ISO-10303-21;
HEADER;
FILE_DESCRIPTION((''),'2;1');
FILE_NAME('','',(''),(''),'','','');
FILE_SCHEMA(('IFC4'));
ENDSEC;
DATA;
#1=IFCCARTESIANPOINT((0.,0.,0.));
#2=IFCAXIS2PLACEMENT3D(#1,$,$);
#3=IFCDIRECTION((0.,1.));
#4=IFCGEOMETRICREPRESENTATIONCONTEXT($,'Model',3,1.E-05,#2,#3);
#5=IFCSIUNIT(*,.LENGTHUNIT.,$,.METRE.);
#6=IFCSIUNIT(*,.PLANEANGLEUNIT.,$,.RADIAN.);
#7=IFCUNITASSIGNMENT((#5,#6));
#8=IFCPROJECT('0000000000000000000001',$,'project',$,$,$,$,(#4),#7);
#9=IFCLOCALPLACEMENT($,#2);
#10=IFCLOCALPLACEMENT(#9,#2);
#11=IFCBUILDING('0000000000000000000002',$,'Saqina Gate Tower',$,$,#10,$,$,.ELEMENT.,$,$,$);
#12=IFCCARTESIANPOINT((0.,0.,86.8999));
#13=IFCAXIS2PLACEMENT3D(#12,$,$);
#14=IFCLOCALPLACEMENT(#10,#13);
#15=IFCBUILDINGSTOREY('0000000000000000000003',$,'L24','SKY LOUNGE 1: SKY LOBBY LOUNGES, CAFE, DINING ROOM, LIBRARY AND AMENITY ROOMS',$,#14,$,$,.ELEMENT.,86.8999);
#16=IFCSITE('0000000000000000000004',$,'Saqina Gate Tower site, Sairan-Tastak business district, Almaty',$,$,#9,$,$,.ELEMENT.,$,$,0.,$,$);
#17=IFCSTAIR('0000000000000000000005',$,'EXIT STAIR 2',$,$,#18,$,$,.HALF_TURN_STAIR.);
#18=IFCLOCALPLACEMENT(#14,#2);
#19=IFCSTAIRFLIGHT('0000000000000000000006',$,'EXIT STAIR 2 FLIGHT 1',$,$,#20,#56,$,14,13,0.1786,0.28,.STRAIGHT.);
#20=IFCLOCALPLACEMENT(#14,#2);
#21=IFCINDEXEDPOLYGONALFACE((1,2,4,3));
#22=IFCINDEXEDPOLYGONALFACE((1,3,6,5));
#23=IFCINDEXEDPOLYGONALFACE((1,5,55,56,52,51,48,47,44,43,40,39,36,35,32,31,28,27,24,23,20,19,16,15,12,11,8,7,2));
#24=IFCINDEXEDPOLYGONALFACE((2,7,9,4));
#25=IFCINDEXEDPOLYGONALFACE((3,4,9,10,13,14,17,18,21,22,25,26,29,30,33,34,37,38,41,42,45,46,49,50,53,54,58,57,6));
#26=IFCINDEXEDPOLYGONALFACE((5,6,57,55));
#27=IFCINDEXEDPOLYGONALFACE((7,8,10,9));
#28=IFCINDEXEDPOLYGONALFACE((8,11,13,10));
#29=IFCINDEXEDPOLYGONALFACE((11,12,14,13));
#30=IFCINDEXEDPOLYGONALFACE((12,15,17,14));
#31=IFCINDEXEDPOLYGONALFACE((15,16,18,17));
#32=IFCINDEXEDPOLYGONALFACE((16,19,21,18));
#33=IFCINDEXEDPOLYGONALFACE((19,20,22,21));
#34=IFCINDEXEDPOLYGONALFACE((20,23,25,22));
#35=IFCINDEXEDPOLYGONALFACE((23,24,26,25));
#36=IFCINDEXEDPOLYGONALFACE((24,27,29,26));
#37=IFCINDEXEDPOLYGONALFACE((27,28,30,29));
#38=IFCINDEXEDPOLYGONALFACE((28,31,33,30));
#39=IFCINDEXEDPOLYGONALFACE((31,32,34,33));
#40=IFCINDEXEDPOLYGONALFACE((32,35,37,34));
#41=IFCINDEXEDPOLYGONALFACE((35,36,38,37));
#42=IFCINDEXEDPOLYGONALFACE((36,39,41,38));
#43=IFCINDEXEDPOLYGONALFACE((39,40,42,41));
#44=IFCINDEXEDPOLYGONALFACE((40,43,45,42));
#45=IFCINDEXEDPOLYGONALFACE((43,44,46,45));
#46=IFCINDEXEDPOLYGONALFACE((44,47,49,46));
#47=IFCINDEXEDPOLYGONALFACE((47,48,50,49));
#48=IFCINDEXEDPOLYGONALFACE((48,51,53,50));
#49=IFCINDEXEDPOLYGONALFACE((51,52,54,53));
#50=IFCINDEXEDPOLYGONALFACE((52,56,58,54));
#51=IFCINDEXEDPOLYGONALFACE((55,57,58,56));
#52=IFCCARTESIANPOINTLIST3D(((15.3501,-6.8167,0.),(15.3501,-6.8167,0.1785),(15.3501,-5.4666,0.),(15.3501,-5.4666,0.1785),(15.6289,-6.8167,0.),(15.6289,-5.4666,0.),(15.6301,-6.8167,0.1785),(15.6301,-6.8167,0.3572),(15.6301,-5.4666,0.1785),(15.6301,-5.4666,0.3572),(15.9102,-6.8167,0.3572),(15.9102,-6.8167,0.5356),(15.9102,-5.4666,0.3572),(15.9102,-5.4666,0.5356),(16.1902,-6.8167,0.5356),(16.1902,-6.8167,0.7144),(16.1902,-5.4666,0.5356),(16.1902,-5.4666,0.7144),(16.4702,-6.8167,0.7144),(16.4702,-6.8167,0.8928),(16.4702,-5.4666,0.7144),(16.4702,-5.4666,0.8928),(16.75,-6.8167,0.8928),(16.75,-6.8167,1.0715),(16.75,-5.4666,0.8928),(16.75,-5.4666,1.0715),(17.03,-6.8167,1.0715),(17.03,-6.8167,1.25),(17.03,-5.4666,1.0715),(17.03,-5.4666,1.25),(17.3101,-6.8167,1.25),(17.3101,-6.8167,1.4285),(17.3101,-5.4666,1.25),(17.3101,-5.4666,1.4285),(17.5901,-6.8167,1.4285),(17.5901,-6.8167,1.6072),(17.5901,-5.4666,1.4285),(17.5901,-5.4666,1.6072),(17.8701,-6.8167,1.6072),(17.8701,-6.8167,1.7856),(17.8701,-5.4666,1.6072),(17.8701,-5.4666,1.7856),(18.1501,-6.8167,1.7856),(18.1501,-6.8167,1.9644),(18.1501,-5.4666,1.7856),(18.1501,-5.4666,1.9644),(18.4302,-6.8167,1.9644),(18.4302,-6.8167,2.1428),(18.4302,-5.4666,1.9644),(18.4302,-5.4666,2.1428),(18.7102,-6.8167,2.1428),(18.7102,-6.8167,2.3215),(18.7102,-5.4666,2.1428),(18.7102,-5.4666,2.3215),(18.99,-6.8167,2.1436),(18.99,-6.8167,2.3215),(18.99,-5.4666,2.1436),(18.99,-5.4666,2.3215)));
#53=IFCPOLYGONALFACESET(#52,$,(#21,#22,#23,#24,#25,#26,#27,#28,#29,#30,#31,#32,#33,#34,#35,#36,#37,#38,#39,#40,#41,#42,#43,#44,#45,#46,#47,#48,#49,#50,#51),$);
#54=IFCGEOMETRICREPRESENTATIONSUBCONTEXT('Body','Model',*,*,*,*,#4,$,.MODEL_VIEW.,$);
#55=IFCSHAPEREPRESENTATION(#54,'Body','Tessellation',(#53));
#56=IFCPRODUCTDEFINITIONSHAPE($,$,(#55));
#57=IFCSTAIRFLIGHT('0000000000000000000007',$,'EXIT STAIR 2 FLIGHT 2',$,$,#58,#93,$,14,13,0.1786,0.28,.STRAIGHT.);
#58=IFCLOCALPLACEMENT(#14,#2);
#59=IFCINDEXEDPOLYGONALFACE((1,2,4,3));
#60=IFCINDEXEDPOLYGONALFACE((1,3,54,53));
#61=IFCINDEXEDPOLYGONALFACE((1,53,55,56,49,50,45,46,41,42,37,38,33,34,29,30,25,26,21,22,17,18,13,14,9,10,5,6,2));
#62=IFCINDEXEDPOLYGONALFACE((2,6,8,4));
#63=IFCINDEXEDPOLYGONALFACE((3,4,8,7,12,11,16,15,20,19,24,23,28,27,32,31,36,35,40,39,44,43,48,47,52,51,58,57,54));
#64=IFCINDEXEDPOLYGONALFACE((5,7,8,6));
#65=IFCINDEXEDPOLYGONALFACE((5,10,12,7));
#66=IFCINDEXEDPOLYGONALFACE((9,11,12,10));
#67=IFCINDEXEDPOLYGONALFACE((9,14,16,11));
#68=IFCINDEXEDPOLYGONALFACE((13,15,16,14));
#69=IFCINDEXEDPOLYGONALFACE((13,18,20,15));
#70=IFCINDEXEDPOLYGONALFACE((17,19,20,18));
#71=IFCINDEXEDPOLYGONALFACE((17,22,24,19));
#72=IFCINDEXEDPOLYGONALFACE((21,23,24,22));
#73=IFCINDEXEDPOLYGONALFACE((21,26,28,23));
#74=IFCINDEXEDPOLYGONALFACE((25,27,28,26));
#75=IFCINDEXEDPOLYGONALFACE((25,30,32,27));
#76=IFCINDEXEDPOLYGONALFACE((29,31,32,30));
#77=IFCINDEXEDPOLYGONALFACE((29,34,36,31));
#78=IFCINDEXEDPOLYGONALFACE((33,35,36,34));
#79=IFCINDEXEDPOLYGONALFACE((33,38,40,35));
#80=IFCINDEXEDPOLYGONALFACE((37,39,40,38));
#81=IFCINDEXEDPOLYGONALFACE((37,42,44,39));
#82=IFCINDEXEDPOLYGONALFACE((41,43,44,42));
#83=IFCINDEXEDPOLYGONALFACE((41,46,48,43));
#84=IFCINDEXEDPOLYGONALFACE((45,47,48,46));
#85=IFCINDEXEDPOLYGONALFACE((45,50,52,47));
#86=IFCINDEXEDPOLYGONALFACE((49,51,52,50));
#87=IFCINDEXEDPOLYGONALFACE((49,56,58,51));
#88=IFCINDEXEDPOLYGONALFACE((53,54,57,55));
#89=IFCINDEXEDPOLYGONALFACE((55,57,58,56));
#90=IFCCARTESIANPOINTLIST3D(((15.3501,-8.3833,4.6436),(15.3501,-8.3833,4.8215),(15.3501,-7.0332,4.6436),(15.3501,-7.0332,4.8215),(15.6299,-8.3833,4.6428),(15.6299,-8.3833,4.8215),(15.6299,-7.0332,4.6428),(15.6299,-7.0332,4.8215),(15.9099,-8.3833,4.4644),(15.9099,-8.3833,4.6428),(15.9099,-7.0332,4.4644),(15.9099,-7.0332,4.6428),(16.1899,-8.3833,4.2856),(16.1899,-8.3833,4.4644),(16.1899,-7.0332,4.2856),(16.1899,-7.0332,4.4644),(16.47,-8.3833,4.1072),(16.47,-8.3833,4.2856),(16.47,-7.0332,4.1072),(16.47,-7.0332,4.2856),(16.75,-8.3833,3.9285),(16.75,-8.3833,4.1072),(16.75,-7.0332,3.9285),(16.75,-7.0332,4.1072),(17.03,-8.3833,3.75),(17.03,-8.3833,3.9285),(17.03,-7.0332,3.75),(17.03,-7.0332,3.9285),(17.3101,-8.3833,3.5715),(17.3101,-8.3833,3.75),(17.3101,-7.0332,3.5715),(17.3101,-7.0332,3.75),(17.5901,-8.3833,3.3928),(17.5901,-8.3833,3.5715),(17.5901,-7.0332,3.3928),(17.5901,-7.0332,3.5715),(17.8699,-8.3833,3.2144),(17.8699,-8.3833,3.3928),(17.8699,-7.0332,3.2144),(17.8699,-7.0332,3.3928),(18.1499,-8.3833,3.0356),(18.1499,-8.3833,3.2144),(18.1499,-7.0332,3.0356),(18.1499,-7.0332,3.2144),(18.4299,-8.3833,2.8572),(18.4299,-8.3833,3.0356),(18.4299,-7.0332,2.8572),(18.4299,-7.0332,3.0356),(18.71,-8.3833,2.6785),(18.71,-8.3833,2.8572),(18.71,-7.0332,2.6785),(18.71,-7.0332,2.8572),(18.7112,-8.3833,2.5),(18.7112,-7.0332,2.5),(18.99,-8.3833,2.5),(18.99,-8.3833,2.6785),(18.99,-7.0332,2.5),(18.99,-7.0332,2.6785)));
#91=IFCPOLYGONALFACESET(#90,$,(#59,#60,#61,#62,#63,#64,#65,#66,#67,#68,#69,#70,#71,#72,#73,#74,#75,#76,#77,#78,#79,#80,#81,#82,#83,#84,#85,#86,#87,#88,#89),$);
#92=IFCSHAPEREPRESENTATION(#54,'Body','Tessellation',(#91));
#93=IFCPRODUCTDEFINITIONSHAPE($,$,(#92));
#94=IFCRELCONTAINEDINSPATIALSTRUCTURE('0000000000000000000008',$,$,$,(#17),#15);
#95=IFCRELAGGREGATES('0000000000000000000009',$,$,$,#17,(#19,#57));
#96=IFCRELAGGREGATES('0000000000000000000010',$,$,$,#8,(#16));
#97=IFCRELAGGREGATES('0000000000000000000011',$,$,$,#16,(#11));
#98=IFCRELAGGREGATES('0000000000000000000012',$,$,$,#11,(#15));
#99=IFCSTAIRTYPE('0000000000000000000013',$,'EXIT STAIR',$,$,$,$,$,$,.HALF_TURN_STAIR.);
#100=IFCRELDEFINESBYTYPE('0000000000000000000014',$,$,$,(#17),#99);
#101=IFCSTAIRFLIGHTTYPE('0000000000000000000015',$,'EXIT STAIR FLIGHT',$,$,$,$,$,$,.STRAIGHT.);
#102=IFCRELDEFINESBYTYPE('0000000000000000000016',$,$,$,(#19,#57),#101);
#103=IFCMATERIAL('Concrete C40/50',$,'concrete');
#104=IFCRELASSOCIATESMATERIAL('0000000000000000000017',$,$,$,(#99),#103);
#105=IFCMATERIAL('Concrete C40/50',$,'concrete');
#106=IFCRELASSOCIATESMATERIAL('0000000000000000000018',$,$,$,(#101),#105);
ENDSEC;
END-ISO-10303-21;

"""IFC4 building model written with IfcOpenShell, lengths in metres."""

from ifc_helpers import new_model, si_unit, direction, frame, origin, place, context, subcontext, project, spatial, polyline, outline, extrude, material, type_object, element, aggregate, save


model = new_model("IFC4")

# Units and contexts
model_context = context("Model", 3, precision=1e-05, world=origin(), true_north=direction((0.0, 1.0)))
body_context = subcontext(model_context, "Body", "Model", "MODEL_VIEW")
ifc_project = project(units=[si_unit("LENGTHUNIT", "METRE"), si_unit("PLANEANGLEUNIT", "RADIAN")], contexts=[model_context])

# Site, building, storey
site_placement = place(None, origin())
site = spatial("IfcSite", under=ifc_project, at=site_placement, Name="Saqina Gate Tower site, Sairan-Tastak business district, Almaty", CompositionType="ELEMENT", RefElevation=0.0)
building_placement = place(site_placement, origin())
building = spatial("IfcBuilding", under=site, at=building_placement, Name="Saqina Gate Tower", CompositionType="ELEMENT")
storey_placement = place(building_placement, frame((0.0, 0.0, 86.8999)))
storey = spatial("IfcBuildingStorey", under=building, at=storey_placement, Name="L24", Description="SKY LOUNGE 1: SKY LOBBY LOUNGES, CAFE, DINING ROOM, LIBRARY AND AMENITY ROOMS", CompositionType="ELEMENT", Elevation=86.8999)

# Stair, stair flights
ifc_material_1 = material(Name="Concrete C40/50", Category="concrete")
stair_type = type_object("IfcStairType", Name="EXIT STAIR", PredefinedType="HALF_TURN_STAIR", material=ifc_material_1)
stair_placement = place(storey_placement, origin())
stair = element("IfcStair", 1, at=stair_placement, inside=storey, type_object=stair_type, Name="EXIT STAIR 2", PredefinedType="HALF_TURN_STAIR")
ifc_material_2 = material(Name="Concrete C40/50", Category="concrete")
stair_flight_type = type_object("IfcStairFlightType", Name="EXIT STAIR FLIGHT", PredefinedType="STRAIGHT", material=ifc_material_2)
stair_flight_1_placement = place(storey_placement, frame((15.3501, -6.1416, 0.0), z_axis=(0.0, 0.0, 1.0), x_axis=(1.0, 0.0, 0.0)))
stair_flight_1 = element("IfcStairFlight", 2, at=stair_flight_1_placement, type_object=stair_flight_type, Name="EXIT STAIR 2 FLIGHT 1", NumberOfRisers=14, NumberOfTreads=13, PredefinedType="STRAIGHT", RiserHeight=0.1786, TreadLength=0.28, context=body_context, shape_type="SweptSolid", body=[
    extrude(outline(polyline([(0.0, 0.0), (0.0, 0.1785), (0.28, 0.1785), (0.28, 0.3572), (0.5601, 0.3572), (0.5601, 0.5356), (0.8401, 0.5356), (0.8401, 0.7144), (1.1201, 0.7144), (1.1201, 0.8928), (1.3999, 0.8928), (1.3999, 1.0715), (1.6799, 1.0715), (1.6799, 1.25), (1.96, 1.25), (1.96, 1.4285), (2.24, 1.4285), (2.24, 1.6072), (2.52, 1.6072), (2.52, 1.7856), (2.8, 1.7856), (2.8, 1.9644), (3.0801, 1.9644), (3.0801, 2.1428), (3.3601, 2.1428), (3.3601, 2.3215), (3.6399, 2.3215), (3.6399, 2.5), (3.6399, 2.1436), (0.2788, 0.0), (0.0, 0.0)])), frame((0.0, 0.675, 0.0), z_axis=(0.0, -1.0, 0.0), x_axis=(1.0, 0.0, 0.0)), (0.0, 0.0, 1.0), 1.3501),
])
stair_flight_2_placement = place(storey_placement, frame((18.99, -7.7083, 2.5), z_axis=(0.0, 0.0, 1.0), x_axis=(-1.0, 0.0, 0.0)))
stair_flight_2 = element("IfcStairFlight", 3, at=stair_flight_2_placement, type_object=stair_flight_type, Name="EXIT STAIR 2 FLIGHT 2", NumberOfRisers=14, NumberOfTreads=13, PredefinedType="STRAIGHT", RiserHeight=0.1786, TreadLength=0.28, context=body_context, shape_type="SweptSolid", body=[
    extrude(outline(polyline([(0.0, 0.0), (0.0, 0.1785), (0.28, 0.1785), (0.28, 0.3572), (0.5601, 0.3572), (0.5601, 0.5356), (0.8401, 0.5356), (0.8401, 0.7144), (1.1201, 0.7144), (1.1201, 0.8928), (1.3999, 0.8928), (1.3999, 1.0715), (1.6799, 1.0715), (1.6799, 1.25), (1.96, 1.25), (1.96, 1.4285), (2.24, 1.4285), (2.24, 1.6072), (2.52, 1.6072), (2.52, 1.7856), (2.8, 1.7856), (2.8, 1.9644), (3.0801, 1.9644), (3.0801, 2.1428), (3.3601, 2.1428), (3.3601, 2.3215), (3.6399, 2.3215), (3.6399, 2.5), (3.6399, 2.1436), (0.2788, 0.0), (0.0, 0.0)])), frame((0.0, 0.675, 0.0), z_axis=(0.0, -1.0, 0.0), x_axis=(1.0, 0.0, 0.0)), (0.0, 0.0, 1.0), 1.3501),
])
aggregate(stair, [stair_flight_1, stair_flight_2])

save(model, "model.ifc")
